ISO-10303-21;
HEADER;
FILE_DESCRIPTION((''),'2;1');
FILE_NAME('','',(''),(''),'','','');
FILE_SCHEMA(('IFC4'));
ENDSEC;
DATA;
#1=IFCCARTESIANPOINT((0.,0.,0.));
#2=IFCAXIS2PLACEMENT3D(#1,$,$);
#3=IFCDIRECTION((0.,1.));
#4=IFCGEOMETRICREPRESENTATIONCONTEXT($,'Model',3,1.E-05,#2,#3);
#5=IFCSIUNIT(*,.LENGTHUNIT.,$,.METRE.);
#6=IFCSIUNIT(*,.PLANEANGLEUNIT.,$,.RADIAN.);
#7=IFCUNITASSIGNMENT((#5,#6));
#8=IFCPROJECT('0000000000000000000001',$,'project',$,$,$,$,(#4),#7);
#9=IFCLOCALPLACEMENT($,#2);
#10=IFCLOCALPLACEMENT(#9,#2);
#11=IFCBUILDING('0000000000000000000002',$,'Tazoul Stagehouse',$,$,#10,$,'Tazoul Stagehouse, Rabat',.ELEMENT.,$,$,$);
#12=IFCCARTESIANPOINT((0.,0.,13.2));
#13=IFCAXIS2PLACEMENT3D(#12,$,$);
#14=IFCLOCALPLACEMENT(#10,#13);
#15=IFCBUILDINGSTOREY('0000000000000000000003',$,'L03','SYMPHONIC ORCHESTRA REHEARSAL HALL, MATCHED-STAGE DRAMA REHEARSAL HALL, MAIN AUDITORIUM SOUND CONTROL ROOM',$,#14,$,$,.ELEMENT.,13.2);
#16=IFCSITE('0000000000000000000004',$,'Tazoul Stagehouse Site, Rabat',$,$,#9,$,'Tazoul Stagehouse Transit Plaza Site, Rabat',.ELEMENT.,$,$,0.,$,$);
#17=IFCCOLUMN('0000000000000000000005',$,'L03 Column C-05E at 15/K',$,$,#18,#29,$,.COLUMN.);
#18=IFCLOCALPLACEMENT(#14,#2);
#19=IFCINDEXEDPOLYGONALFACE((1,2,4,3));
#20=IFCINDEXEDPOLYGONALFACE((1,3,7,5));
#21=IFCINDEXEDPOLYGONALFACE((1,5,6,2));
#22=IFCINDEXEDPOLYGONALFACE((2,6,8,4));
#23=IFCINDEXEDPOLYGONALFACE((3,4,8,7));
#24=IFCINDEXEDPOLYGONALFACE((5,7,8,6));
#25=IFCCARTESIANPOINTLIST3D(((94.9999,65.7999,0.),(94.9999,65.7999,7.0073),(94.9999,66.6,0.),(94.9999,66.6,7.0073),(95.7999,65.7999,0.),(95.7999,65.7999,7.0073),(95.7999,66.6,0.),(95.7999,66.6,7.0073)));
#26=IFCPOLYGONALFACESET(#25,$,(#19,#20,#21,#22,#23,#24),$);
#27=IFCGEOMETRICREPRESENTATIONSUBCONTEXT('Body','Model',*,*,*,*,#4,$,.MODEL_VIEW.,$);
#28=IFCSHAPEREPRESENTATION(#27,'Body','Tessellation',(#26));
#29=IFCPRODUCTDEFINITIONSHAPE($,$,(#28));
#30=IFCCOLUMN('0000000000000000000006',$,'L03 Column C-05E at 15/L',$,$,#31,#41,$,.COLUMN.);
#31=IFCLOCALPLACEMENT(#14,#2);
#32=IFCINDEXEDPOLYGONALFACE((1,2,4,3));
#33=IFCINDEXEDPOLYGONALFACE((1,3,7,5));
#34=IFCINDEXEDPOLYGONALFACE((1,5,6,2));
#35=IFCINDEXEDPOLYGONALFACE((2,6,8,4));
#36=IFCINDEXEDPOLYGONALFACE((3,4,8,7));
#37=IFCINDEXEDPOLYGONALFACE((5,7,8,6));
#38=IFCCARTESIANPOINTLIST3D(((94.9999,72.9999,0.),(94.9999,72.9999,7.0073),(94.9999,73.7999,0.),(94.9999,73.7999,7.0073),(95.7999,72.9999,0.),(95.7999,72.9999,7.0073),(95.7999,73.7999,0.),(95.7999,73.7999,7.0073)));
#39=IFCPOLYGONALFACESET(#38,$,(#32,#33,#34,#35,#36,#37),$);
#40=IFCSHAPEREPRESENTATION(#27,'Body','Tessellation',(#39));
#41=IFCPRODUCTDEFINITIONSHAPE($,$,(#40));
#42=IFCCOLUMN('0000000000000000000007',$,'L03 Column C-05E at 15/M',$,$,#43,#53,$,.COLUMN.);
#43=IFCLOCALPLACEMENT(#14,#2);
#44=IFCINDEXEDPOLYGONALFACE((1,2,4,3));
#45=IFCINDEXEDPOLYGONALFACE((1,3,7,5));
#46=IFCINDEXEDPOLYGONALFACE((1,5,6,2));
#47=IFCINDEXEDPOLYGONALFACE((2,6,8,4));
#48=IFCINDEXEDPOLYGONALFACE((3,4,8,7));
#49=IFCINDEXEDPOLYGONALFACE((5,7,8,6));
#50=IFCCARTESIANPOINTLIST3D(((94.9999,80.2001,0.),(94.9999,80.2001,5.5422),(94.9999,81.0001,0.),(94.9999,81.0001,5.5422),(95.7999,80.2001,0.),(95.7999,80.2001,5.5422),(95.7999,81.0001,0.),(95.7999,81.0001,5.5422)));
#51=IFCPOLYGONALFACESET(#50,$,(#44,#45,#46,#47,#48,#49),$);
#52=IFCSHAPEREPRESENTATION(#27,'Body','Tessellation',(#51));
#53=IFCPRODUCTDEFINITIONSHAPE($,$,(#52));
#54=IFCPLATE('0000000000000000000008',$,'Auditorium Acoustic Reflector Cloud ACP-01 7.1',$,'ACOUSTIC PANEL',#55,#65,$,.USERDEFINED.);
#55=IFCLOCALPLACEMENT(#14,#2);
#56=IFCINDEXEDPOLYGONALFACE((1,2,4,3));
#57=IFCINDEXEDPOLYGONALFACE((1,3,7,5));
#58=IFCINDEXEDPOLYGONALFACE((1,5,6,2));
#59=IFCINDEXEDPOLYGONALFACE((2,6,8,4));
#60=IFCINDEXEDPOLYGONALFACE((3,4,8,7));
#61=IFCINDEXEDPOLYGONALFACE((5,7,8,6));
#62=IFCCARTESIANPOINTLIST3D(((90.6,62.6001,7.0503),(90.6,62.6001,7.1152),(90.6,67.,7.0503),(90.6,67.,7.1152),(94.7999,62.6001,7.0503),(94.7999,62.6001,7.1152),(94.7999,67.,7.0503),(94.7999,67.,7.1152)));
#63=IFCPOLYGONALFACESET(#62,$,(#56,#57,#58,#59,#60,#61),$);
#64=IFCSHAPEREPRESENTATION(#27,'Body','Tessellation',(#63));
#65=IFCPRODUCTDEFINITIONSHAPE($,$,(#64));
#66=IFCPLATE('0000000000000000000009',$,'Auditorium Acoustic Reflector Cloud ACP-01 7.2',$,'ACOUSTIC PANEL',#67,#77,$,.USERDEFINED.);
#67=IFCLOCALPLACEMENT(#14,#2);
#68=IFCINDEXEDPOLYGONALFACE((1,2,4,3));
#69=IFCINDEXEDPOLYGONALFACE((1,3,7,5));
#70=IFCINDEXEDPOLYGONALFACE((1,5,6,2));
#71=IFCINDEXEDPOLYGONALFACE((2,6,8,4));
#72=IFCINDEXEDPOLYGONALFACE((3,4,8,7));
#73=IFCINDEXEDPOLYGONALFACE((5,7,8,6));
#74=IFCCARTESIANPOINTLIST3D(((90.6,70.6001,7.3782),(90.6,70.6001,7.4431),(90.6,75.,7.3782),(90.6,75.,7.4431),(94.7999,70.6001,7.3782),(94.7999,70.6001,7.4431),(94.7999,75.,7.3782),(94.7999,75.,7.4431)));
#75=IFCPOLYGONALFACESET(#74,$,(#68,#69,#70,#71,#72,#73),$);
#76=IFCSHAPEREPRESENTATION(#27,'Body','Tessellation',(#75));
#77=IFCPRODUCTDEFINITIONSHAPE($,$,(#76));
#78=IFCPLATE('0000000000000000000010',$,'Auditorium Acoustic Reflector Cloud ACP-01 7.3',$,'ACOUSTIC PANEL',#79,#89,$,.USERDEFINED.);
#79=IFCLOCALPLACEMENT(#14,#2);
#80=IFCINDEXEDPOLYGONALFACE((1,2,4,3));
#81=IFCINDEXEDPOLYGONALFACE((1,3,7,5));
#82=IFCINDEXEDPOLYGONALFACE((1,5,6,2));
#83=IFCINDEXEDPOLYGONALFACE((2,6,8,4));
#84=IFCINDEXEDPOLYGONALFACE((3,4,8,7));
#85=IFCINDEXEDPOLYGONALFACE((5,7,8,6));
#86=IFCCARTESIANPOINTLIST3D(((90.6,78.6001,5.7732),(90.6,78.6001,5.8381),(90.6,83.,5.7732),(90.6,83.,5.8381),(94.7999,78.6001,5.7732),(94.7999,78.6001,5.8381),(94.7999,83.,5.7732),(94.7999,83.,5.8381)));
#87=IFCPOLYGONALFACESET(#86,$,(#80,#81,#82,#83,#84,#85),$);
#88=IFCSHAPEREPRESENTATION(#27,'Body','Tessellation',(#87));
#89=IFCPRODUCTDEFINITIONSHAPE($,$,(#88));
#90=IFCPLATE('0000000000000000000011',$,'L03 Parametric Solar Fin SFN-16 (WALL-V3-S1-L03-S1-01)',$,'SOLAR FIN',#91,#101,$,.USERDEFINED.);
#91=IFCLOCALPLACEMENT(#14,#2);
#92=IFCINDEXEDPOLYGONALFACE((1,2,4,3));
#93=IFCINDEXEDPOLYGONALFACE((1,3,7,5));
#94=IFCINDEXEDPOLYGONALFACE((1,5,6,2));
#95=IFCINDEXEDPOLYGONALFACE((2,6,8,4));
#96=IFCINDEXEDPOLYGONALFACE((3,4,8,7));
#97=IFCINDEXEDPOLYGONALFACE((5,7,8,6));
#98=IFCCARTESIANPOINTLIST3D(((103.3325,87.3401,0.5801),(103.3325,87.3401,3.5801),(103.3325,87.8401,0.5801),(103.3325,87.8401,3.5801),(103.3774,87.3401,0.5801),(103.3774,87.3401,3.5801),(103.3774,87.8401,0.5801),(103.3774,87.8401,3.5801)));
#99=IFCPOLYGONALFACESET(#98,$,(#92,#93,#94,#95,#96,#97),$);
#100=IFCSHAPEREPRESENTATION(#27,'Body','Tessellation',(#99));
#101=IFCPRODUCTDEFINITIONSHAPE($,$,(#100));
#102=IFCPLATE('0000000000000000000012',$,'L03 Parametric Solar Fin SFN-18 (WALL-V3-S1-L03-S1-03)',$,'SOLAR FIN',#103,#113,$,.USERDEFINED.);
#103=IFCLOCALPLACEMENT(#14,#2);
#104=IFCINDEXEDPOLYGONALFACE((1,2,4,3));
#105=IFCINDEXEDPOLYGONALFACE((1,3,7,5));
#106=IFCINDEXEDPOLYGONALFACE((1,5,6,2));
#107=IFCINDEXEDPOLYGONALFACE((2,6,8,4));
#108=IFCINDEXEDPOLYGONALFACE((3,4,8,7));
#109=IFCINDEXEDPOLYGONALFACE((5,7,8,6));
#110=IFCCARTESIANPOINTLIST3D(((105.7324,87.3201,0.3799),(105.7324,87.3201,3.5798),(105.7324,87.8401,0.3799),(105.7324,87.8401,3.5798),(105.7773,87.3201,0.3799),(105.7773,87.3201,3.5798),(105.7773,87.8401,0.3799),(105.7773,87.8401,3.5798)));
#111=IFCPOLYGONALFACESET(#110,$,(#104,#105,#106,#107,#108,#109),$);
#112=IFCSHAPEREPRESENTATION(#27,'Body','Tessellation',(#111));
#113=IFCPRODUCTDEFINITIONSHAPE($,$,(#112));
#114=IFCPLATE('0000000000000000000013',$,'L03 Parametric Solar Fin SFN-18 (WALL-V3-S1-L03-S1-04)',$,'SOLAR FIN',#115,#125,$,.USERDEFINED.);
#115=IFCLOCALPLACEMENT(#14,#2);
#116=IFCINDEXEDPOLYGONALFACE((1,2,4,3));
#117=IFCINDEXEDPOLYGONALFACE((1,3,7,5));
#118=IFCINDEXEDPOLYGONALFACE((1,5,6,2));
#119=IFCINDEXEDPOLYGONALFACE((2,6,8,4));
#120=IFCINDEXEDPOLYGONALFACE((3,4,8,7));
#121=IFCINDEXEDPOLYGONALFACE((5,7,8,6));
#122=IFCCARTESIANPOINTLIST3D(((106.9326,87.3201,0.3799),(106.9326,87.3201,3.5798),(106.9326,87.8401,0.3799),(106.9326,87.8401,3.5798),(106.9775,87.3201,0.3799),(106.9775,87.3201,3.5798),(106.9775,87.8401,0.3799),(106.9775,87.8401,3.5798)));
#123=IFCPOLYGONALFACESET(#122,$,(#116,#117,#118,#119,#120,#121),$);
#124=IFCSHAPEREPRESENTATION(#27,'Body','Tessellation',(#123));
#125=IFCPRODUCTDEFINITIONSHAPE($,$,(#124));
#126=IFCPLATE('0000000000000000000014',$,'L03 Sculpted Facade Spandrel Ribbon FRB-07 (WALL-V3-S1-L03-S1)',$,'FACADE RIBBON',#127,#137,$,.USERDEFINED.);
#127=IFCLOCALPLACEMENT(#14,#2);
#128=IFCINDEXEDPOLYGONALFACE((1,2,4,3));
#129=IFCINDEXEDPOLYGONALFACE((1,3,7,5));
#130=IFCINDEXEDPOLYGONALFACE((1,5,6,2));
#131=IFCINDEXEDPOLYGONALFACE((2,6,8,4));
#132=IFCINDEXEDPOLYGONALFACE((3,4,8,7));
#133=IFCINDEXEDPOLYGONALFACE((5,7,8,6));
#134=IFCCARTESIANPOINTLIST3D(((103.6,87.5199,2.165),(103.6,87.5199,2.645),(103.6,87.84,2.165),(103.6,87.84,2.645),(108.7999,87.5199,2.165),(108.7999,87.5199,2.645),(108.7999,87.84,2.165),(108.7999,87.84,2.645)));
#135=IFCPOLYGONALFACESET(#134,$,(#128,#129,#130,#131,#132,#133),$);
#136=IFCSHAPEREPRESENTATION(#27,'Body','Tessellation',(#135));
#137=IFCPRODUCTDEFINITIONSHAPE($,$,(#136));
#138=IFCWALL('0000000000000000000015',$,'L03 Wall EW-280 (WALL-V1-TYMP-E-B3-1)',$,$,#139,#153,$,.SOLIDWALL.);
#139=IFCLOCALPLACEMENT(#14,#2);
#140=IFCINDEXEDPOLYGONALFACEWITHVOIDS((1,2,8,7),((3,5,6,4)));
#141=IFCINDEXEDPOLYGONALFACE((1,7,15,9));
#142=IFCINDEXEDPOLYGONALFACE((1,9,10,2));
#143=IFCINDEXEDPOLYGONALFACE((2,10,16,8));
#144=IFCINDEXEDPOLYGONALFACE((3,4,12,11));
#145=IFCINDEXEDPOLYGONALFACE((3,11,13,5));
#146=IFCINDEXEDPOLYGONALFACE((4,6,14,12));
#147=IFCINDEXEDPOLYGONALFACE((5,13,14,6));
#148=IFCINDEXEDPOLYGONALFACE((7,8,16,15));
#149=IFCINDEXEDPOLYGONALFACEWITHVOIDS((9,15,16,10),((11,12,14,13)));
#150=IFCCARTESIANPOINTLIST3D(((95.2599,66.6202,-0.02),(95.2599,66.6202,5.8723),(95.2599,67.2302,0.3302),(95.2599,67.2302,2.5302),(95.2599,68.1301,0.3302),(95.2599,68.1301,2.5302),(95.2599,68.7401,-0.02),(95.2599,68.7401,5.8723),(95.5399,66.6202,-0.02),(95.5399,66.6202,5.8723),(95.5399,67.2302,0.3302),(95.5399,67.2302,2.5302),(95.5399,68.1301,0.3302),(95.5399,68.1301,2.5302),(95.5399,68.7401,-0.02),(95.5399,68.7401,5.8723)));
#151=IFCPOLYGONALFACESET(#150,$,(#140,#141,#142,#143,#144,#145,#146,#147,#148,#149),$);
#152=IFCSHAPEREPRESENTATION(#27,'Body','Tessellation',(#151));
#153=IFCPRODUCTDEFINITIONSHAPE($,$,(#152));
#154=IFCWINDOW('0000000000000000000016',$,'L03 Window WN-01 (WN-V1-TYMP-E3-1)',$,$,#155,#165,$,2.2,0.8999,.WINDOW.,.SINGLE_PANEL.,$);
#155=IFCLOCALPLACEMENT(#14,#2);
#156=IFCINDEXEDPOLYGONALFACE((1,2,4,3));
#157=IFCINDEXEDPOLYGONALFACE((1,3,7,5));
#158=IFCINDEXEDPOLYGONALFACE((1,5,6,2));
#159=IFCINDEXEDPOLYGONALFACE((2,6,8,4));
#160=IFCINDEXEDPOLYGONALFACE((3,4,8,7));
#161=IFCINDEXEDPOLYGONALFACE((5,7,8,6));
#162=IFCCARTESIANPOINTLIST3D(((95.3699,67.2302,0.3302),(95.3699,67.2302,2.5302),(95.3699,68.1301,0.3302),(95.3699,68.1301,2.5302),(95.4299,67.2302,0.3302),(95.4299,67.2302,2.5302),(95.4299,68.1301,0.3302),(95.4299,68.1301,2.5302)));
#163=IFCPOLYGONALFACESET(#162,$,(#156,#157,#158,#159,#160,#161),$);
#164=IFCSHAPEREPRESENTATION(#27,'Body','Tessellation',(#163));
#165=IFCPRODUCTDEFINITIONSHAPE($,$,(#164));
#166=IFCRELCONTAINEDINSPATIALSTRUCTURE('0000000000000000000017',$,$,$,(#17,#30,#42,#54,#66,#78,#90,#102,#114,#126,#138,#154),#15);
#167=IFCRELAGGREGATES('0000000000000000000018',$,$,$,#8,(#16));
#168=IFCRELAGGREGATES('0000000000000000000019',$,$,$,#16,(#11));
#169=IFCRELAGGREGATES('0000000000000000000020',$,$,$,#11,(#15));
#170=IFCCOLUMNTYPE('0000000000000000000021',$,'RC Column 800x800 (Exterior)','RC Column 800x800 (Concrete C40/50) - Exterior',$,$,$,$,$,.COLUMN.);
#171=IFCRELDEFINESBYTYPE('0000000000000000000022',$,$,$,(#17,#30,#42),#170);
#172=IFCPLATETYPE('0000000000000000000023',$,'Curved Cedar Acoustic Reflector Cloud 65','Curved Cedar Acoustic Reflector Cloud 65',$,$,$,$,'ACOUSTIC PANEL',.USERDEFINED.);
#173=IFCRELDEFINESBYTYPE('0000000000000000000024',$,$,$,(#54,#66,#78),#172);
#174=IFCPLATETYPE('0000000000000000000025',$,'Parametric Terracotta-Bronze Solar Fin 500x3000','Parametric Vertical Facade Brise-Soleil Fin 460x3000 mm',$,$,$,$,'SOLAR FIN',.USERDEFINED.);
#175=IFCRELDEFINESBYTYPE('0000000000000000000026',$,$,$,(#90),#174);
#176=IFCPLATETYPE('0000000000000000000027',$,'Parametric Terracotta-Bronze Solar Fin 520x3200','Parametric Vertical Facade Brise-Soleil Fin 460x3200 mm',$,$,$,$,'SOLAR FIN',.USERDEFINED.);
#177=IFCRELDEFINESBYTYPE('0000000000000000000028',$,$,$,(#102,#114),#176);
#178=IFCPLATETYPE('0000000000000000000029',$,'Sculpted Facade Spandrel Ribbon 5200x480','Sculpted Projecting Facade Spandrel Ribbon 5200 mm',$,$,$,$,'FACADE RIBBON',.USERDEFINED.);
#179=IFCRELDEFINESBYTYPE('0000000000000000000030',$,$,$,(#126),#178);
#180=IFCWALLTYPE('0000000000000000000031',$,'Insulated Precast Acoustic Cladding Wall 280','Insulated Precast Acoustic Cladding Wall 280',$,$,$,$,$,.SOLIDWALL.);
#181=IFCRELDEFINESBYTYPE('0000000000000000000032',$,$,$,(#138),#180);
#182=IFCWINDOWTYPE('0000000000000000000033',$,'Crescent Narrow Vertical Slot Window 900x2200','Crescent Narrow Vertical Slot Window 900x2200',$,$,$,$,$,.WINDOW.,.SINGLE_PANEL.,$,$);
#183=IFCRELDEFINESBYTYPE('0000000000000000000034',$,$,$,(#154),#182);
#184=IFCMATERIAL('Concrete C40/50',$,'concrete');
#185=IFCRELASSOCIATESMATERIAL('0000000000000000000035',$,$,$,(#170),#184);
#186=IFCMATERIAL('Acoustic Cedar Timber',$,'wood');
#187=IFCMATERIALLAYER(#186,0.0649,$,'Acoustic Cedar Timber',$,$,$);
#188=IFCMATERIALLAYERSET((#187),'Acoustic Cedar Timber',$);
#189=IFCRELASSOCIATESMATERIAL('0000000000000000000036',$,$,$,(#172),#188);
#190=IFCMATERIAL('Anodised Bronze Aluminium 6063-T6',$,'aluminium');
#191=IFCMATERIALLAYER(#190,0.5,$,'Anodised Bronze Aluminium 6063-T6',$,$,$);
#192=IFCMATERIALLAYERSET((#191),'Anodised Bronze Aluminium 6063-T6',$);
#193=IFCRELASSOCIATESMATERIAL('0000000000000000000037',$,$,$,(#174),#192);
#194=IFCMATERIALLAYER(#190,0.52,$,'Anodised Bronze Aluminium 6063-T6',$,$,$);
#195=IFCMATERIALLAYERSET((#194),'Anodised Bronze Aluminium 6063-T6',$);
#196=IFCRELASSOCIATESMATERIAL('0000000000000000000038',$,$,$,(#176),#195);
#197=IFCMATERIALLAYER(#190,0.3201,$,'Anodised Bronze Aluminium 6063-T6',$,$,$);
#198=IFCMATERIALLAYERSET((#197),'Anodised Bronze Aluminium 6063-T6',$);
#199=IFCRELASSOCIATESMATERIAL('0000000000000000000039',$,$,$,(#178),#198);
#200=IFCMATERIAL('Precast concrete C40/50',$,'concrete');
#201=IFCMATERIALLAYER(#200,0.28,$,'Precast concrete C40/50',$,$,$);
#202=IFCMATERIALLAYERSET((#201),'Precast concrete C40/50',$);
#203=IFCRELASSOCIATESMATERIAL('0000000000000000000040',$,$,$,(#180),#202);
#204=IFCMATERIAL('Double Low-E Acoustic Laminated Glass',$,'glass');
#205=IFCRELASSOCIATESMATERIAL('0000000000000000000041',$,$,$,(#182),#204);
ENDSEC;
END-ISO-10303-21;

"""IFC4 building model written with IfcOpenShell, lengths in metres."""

from ifc_helpers import new_model, si_unit, direction, frame, frame_2d, origin, origin_2d, place, context, subcontext, project, spatial, rectangle, extrude, material, layer, layer_set, material_profile, profile_set, type_object, element, fill, save


model = new_model("IFC4")

# Units and contexts
model_context = context("Model", 3, precision=1e-05, world=origin(), true_north=direction((0.0, 1.0)))
body_context = subcontext(model_context, "Body", "Model", "MODEL_VIEW")
ifc_project = project(units=[si_unit("LENGTHUNIT", "METRE"), si_unit("PLANEANGLEUNIT", "RADIAN")], contexts=[model_context])

# Site, building, storey
site_placement = place(None, origin())
site = spatial("IfcSite", under=ifc_project, at=site_placement, Name="Tazoul Stagehouse Site, Rabat", LongName="Tazoul Stagehouse Transit Plaza Site, Rabat", CompositionType="ELEMENT", RefElevation=0.0)
building_placement = place(site_placement, origin())
building = spatial("IfcBuilding", under=site, at=building_placement, Name="Tazoul Stagehouse", LongName="Tazoul Stagehouse, Rabat", CompositionType="ELEMENT")
storey_placement = place(building_placement, frame((0.0, 0.0, 13.2)))
storey = spatial("IfcBuildingStorey", under=building, at=storey_placement, Name="L03", Description="SYMPHONIC ORCHESTRA REHEARSAL HALL, MATCHED-STAGE DRAMA REHEARSAL HALL, MAIN AUDITORIUM SOUND CONTROL ROOM", CompositionType="ELEMENT", Elevation=13.2)

# Columns
ifc_material_1 = material(Name="Concrete C40/50", Category="concrete")
ifc_material_profile = material_profile(ifc_material_1, rectangle(XDim=0.8, YDim=0.8, at=origin_2d()), Name="RC 800x800")
ifc_profile_set = profile_set([ifc_material_profile], Name="Concrete C40/50")
column_type = type_object("IfcColumnType", Name="RC Column 800x800 (Exterior)", Description="RC Column 800x800 (Concrete C40/50) - Exterior", PredefinedType="COLUMN", material=ifc_profile_set)
for number, where, z_axis, x_axis, name in (
    (1, (95.3999, 66.2, 0.0), (0.0, 0.0, 1.0), (1.0, 0.0, 0.0), "L03 Column C-05E at 15/K"),
    (2, (95.3999, 73.3999, 0.0), (0.0, 0.0, 1.0), (1.0, 0.0, 0.0), "L03 Column C-05E at 15/L"),
):
    element("IfcColumn", number, at=place(storey_placement, frame(where, z_axis=z_axis, x_axis=x_axis)), inside=storey, type_object=column_type, Name=name, PredefinedType="COLUMN", context=body_context, shape_type="SweptSolid", body=[
        extrude(rectangle(XDim=0.8, YDim=0.8, at=origin_2d()), origin(), (0.0, 0.0, 1.0), 7.0073),
    ])
column_placement = place(storey_placement, frame((95.3999, 80.6001, 0.0), z_axis=(0.0, 0.0, 1.0), x_axis=(1.0, 0.0, 0.0)))
element("IfcColumn", 3, at=column_placement, inside=storey, type_object=column_type, Name="L03 Column C-05E at 15/M", PredefinedType="COLUMN", context=body_context, shape_type="SweptSolid", body=[
    extrude(rectangle(XDim=0.8, YDim=0.8, at=origin_2d()), origin(), (0.0, 0.0, 1.0), 5.5422),
])

# Plates
ifc_material_2 = material(Name="Acoustic Cedar Timber", Category="wood")
ifc_layer_1 = layer(ifc_material_2, 0.0649, Name="Acoustic Cedar Timber")
ifc_layer_set_1 = layer_set([ifc_layer_1], Name="Acoustic Cedar Timber")
plate_type_1 = type_object("IfcPlateType", Name="Curved Cedar Acoustic Reflector Cloud 65", Description="Curved Cedar Acoustic Reflector Cloud 65", ElementType="ACOUSTIC PANEL", PredefinedType="USERDEFINED", material=ifc_layer_set_1)
for number, where, z_axis, x_axis, name in (
    (4, (92.7, 64.8, 7.0503), (0.0, 0.0, 1.0), (1.0, 0.0, 0.0), "Auditorium Acoustic Reflector Cloud ACP-01 7.1"),
    (5, (92.7, 72.8, 7.3782), (0.0, 0.0, 1.0), (1.0, 0.0, 0.0), "Auditorium Acoustic Reflector Cloud ACP-01 7.2"),
    (6, (92.7, 80.8, 5.7732), (0.0, 0.0, 1.0), (1.0, 0.0, 0.0), "Auditorium Acoustic Reflector Cloud ACP-01 7.3"),
):
    element("IfcPlate", number, at=place(storey_placement, frame(where, z_axis=z_axis, x_axis=x_axis)), inside=storey, type_object=plate_type_1, Name=name, ObjectType="ACOUSTIC PANEL", PredefinedType="USERDEFINED", context=body_context, shape_type="SweptSolid", body=[
        extrude(rectangle(XDim=4.2, YDim=4.3999, at=origin_2d()), origin(), (0.0, 0.0, 1.0), 0.0649),
    ])
ifc_material_3 = material(Name="Anodised Bronze Aluminium 6063-T6", Category="aluminium")
ifc_layer_2 = layer(ifc_material_3, 0.5, Name="Anodised Bronze Aluminium 6063-T6")
ifc_layer_set_2 = layer_set([ifc_layer_2], Name="Anodised Bronze Aluminium 6063-T6")
plate_type_2 = type_object("IfcPlateType", Name="Parametric Terracotta-Bronze Solar Fin 500x3000", Description="Parametric Vertical Facade Brise-Soleil Fin 460x3000 mm", ElementType="SOLAR FIN", PredefinedType="USERDEFINED", material=ifc_layer_set_2)
plate_1_placement = place(storey_placement, frame((103.355, 87.5901, 0.5801), z_axis=(0.0, 0.0, 1.0), x_axis=(1.0, 0.0, 0.0)))
element("IfcPlate", 7, at=plate_1_placement, inside=storey, type_object=plate_type_2, Name="L03 Parametric Solar Fin SFN-16 (WALL-V3-S1-L03-S1-01)", ObjectType="SOLAR FIN", PredefinedType="USERDEFINED", context=body_context, shape_type="SweptSolid", body=[
    extrude(rectangle(XDim=0.0449, YDim=0.5, at=origin_2d()), origin(), (0.0, 0.0, 1.0), 3.0),
])
ifc_layer_3 = layer(ifc_material_3, 0.52, Name="Anodised Bronze Aluminium 6063-T6")
ifc_layer_set_3 = layer_set([ifc_layer_3], Name="Anodised Bronze Aluminium 6063-T6")
plate_type_3 = type_object("IfcPlateType", Name="Parametric Terracotta-Bronze Solar Fin 520x3200", Description="Parametric Vertical Facade Brise-Soleil Fin 460x3200 mm", ElementType="SOLAR FIN", PredefinedType="USERDEFINED", material=ifc_layer_set_3)
for number, where, z_axis, x_axis, name in (
    (8, (105.7549, 87.5801, 0.3799), (0.0, 0.0, 1.0), (1.0, 0.0, 0.0), "L03 Parametric Solar Fin SFN-18 (WALL-V3-S1-L03-S1-03)"),
    (9, (106.9551, 87.5801, 0.3799), (0.0, 0.0, 1.0), (1.0, 0.0, 0.0), "L03 Parametric Solar Fin SFN-18 (WALL-V3-S1-L03-S1-04)"),
):
    element("IfcPlate", number, at=place(storey_placement, frame(where, z_axis=z_axis, x_axis=x_axis)), inside=storey, type_object=plate_type_3, Name=name, ObjectType="SOLAR FIN", PredefinedType="USERDEFINED", context=body_context, shape_type="SweptSolid", body=[
        extrude(rectangle(XDim=0.0449, YDim=0.52, at=origin_2d()), origin(), (0.0, 0.0, 1.0), 3.2),
    ])
ifc_layer_4 = layer(ifc_material_3, 0.3201, Name="Anodised Bronze Aluminium 6063-T6")
ifc_layer_set_4 = layer_set([ifc_layer_4], Name="Anodised Bronze Aluminium 6063-T6")
plate_type_4 = type_object("IfcPlateType", Name="Sculpted Facade Spandrel Ribbon 5200x480", Description="Sculpted Projecting Facade Spandrel Ribbon 5200 mm", ElementType="FACADE RIBBON", PredefinedType="USERDEFINED", material=ifc_layer_set_4)
plate_2_placement = place(storey_placement, frame((106.2, 87.6799, 2.165), z_axis=(0.0, 0.0, 1.0), x_axis=(1.0, 0.0, 0.0)))
element("IfcPlate", 10, at=plate_2_placement, inside=storey, type_object=plate_type_4, Name="L03 Sculpted Facade Spandrel Ribbon FRB-07 (WALL-V3-S1-L03-S1)", ObjectType="FACADE RIBBON", PredefinedType="USERDEFINED", context=body_context, shape_type="SweptSolid", body=[
    extrude(rectangle(XDim=5.2, YDim=0.3201, at=origin_2d()), origin(), (0.0, 0.0, 1.0), 0.48),
])

# Wall, opening, window
ifc_material_4 = material(Name="Precast concrete C40/50", Category="concrete")
ifc_layer_5 = layer(ifc_material_4, 0.28, Name="Precast concrete C40/50")
ifc_layer_set_5 = layer_set([ifc_layer_5], Name="Precast concrete C40/50")
wall_type = type_object("IfcWallType", Name="Insulated Precast Acoustic Cladding Wall 280", Description="Insulated Precast Acoustic Cladding Wall 280", PredefinedType="SOLIDWALL", material=ifc_layer_set_5)
wall_1_placement = place(storey_placement, frame((95.3999, 66.6201, -0.02), z_axis=(0.0, 0.0, 1.0), x_axis=(0.0, 1.0, 0.0)))
wall_1 = element("IfcWall", 11, at=wall_1_placement, inside=storey, type_object=wall_type, Name="L03 Wall EW-280 (WALL-V1-TYMP-E-B3-1)", PredefinedType="SOLIDWALL", context=body_context, shape_type="SweptSolid", body=[
    extrude(rectangle(XDim=2.1199, YDim=0.28, at=frame_2d((1.0601, 0.0))), origin(), (0.0, 0.0, 1.0), 5.8923),
])
opening_1_placement = place(wall_1_placement, frame((0.6101, 0.0, 0.3501)))
opening_1 = element("IfcOpeningElement", 12, at=opening_1_placement, cuts=wall_1, PredefinedType="OPENING", context=body_context, shape_type="SweptSolid", body=[
    extrude(rectangle(XDim=0.8999, YDim=2.2, at=frame_2d((0.45, 1.1001))), frame((0.0, 0.1599, 0.0), z_axis=(0.0, -1.0, 0.0), x_axis=(1.0, 0.0, 0.0)), (0.0, 0.0, 1.0), 0.3201),
])
ifc_material_5 = material(Name="Double Low-E Acoustic Laminated Glass", Category="glass")
window_type_1 = type_object("IfcWindowType", Name="Crescent Narrow Vertical Slot Window 900x2200", Description="Crescent Narrow Vertical Slot Window 900x2200", PartitioningType="SINGLE_PANEL", PredefinedType="WINDOW", material=ifc_material_5)
window_1_placement = place(opening_1_placement, origin())
window_1 = element("IfcWindow", 13, at=window_1_placement, inside=storey, type_object=window_type_1, Name="L03 Window WN-01 (WN-V1-TYMP-E3-1)", OverallHeight=2.2, OverallWidth=0.8999, PartitioningType="SINGLE_PANEL", PredefinedType="WINDOW", context=body_context, shape_type="SweptSolid", body=[
    extrude(rectangle(XDim=0.8999, YDim=2.2, at=frame_2d((0.45, 1.1001))), frame((0.0, 0.03, 0.0), z_axis=(0.0, -1.0, 0.0), x_axis=(1.0, 0.0, 0.0)), (0.0, 0.0, 1.0), 0.0601),
])
fill(opening_1, window_1)

save(model, "model.ifc")
